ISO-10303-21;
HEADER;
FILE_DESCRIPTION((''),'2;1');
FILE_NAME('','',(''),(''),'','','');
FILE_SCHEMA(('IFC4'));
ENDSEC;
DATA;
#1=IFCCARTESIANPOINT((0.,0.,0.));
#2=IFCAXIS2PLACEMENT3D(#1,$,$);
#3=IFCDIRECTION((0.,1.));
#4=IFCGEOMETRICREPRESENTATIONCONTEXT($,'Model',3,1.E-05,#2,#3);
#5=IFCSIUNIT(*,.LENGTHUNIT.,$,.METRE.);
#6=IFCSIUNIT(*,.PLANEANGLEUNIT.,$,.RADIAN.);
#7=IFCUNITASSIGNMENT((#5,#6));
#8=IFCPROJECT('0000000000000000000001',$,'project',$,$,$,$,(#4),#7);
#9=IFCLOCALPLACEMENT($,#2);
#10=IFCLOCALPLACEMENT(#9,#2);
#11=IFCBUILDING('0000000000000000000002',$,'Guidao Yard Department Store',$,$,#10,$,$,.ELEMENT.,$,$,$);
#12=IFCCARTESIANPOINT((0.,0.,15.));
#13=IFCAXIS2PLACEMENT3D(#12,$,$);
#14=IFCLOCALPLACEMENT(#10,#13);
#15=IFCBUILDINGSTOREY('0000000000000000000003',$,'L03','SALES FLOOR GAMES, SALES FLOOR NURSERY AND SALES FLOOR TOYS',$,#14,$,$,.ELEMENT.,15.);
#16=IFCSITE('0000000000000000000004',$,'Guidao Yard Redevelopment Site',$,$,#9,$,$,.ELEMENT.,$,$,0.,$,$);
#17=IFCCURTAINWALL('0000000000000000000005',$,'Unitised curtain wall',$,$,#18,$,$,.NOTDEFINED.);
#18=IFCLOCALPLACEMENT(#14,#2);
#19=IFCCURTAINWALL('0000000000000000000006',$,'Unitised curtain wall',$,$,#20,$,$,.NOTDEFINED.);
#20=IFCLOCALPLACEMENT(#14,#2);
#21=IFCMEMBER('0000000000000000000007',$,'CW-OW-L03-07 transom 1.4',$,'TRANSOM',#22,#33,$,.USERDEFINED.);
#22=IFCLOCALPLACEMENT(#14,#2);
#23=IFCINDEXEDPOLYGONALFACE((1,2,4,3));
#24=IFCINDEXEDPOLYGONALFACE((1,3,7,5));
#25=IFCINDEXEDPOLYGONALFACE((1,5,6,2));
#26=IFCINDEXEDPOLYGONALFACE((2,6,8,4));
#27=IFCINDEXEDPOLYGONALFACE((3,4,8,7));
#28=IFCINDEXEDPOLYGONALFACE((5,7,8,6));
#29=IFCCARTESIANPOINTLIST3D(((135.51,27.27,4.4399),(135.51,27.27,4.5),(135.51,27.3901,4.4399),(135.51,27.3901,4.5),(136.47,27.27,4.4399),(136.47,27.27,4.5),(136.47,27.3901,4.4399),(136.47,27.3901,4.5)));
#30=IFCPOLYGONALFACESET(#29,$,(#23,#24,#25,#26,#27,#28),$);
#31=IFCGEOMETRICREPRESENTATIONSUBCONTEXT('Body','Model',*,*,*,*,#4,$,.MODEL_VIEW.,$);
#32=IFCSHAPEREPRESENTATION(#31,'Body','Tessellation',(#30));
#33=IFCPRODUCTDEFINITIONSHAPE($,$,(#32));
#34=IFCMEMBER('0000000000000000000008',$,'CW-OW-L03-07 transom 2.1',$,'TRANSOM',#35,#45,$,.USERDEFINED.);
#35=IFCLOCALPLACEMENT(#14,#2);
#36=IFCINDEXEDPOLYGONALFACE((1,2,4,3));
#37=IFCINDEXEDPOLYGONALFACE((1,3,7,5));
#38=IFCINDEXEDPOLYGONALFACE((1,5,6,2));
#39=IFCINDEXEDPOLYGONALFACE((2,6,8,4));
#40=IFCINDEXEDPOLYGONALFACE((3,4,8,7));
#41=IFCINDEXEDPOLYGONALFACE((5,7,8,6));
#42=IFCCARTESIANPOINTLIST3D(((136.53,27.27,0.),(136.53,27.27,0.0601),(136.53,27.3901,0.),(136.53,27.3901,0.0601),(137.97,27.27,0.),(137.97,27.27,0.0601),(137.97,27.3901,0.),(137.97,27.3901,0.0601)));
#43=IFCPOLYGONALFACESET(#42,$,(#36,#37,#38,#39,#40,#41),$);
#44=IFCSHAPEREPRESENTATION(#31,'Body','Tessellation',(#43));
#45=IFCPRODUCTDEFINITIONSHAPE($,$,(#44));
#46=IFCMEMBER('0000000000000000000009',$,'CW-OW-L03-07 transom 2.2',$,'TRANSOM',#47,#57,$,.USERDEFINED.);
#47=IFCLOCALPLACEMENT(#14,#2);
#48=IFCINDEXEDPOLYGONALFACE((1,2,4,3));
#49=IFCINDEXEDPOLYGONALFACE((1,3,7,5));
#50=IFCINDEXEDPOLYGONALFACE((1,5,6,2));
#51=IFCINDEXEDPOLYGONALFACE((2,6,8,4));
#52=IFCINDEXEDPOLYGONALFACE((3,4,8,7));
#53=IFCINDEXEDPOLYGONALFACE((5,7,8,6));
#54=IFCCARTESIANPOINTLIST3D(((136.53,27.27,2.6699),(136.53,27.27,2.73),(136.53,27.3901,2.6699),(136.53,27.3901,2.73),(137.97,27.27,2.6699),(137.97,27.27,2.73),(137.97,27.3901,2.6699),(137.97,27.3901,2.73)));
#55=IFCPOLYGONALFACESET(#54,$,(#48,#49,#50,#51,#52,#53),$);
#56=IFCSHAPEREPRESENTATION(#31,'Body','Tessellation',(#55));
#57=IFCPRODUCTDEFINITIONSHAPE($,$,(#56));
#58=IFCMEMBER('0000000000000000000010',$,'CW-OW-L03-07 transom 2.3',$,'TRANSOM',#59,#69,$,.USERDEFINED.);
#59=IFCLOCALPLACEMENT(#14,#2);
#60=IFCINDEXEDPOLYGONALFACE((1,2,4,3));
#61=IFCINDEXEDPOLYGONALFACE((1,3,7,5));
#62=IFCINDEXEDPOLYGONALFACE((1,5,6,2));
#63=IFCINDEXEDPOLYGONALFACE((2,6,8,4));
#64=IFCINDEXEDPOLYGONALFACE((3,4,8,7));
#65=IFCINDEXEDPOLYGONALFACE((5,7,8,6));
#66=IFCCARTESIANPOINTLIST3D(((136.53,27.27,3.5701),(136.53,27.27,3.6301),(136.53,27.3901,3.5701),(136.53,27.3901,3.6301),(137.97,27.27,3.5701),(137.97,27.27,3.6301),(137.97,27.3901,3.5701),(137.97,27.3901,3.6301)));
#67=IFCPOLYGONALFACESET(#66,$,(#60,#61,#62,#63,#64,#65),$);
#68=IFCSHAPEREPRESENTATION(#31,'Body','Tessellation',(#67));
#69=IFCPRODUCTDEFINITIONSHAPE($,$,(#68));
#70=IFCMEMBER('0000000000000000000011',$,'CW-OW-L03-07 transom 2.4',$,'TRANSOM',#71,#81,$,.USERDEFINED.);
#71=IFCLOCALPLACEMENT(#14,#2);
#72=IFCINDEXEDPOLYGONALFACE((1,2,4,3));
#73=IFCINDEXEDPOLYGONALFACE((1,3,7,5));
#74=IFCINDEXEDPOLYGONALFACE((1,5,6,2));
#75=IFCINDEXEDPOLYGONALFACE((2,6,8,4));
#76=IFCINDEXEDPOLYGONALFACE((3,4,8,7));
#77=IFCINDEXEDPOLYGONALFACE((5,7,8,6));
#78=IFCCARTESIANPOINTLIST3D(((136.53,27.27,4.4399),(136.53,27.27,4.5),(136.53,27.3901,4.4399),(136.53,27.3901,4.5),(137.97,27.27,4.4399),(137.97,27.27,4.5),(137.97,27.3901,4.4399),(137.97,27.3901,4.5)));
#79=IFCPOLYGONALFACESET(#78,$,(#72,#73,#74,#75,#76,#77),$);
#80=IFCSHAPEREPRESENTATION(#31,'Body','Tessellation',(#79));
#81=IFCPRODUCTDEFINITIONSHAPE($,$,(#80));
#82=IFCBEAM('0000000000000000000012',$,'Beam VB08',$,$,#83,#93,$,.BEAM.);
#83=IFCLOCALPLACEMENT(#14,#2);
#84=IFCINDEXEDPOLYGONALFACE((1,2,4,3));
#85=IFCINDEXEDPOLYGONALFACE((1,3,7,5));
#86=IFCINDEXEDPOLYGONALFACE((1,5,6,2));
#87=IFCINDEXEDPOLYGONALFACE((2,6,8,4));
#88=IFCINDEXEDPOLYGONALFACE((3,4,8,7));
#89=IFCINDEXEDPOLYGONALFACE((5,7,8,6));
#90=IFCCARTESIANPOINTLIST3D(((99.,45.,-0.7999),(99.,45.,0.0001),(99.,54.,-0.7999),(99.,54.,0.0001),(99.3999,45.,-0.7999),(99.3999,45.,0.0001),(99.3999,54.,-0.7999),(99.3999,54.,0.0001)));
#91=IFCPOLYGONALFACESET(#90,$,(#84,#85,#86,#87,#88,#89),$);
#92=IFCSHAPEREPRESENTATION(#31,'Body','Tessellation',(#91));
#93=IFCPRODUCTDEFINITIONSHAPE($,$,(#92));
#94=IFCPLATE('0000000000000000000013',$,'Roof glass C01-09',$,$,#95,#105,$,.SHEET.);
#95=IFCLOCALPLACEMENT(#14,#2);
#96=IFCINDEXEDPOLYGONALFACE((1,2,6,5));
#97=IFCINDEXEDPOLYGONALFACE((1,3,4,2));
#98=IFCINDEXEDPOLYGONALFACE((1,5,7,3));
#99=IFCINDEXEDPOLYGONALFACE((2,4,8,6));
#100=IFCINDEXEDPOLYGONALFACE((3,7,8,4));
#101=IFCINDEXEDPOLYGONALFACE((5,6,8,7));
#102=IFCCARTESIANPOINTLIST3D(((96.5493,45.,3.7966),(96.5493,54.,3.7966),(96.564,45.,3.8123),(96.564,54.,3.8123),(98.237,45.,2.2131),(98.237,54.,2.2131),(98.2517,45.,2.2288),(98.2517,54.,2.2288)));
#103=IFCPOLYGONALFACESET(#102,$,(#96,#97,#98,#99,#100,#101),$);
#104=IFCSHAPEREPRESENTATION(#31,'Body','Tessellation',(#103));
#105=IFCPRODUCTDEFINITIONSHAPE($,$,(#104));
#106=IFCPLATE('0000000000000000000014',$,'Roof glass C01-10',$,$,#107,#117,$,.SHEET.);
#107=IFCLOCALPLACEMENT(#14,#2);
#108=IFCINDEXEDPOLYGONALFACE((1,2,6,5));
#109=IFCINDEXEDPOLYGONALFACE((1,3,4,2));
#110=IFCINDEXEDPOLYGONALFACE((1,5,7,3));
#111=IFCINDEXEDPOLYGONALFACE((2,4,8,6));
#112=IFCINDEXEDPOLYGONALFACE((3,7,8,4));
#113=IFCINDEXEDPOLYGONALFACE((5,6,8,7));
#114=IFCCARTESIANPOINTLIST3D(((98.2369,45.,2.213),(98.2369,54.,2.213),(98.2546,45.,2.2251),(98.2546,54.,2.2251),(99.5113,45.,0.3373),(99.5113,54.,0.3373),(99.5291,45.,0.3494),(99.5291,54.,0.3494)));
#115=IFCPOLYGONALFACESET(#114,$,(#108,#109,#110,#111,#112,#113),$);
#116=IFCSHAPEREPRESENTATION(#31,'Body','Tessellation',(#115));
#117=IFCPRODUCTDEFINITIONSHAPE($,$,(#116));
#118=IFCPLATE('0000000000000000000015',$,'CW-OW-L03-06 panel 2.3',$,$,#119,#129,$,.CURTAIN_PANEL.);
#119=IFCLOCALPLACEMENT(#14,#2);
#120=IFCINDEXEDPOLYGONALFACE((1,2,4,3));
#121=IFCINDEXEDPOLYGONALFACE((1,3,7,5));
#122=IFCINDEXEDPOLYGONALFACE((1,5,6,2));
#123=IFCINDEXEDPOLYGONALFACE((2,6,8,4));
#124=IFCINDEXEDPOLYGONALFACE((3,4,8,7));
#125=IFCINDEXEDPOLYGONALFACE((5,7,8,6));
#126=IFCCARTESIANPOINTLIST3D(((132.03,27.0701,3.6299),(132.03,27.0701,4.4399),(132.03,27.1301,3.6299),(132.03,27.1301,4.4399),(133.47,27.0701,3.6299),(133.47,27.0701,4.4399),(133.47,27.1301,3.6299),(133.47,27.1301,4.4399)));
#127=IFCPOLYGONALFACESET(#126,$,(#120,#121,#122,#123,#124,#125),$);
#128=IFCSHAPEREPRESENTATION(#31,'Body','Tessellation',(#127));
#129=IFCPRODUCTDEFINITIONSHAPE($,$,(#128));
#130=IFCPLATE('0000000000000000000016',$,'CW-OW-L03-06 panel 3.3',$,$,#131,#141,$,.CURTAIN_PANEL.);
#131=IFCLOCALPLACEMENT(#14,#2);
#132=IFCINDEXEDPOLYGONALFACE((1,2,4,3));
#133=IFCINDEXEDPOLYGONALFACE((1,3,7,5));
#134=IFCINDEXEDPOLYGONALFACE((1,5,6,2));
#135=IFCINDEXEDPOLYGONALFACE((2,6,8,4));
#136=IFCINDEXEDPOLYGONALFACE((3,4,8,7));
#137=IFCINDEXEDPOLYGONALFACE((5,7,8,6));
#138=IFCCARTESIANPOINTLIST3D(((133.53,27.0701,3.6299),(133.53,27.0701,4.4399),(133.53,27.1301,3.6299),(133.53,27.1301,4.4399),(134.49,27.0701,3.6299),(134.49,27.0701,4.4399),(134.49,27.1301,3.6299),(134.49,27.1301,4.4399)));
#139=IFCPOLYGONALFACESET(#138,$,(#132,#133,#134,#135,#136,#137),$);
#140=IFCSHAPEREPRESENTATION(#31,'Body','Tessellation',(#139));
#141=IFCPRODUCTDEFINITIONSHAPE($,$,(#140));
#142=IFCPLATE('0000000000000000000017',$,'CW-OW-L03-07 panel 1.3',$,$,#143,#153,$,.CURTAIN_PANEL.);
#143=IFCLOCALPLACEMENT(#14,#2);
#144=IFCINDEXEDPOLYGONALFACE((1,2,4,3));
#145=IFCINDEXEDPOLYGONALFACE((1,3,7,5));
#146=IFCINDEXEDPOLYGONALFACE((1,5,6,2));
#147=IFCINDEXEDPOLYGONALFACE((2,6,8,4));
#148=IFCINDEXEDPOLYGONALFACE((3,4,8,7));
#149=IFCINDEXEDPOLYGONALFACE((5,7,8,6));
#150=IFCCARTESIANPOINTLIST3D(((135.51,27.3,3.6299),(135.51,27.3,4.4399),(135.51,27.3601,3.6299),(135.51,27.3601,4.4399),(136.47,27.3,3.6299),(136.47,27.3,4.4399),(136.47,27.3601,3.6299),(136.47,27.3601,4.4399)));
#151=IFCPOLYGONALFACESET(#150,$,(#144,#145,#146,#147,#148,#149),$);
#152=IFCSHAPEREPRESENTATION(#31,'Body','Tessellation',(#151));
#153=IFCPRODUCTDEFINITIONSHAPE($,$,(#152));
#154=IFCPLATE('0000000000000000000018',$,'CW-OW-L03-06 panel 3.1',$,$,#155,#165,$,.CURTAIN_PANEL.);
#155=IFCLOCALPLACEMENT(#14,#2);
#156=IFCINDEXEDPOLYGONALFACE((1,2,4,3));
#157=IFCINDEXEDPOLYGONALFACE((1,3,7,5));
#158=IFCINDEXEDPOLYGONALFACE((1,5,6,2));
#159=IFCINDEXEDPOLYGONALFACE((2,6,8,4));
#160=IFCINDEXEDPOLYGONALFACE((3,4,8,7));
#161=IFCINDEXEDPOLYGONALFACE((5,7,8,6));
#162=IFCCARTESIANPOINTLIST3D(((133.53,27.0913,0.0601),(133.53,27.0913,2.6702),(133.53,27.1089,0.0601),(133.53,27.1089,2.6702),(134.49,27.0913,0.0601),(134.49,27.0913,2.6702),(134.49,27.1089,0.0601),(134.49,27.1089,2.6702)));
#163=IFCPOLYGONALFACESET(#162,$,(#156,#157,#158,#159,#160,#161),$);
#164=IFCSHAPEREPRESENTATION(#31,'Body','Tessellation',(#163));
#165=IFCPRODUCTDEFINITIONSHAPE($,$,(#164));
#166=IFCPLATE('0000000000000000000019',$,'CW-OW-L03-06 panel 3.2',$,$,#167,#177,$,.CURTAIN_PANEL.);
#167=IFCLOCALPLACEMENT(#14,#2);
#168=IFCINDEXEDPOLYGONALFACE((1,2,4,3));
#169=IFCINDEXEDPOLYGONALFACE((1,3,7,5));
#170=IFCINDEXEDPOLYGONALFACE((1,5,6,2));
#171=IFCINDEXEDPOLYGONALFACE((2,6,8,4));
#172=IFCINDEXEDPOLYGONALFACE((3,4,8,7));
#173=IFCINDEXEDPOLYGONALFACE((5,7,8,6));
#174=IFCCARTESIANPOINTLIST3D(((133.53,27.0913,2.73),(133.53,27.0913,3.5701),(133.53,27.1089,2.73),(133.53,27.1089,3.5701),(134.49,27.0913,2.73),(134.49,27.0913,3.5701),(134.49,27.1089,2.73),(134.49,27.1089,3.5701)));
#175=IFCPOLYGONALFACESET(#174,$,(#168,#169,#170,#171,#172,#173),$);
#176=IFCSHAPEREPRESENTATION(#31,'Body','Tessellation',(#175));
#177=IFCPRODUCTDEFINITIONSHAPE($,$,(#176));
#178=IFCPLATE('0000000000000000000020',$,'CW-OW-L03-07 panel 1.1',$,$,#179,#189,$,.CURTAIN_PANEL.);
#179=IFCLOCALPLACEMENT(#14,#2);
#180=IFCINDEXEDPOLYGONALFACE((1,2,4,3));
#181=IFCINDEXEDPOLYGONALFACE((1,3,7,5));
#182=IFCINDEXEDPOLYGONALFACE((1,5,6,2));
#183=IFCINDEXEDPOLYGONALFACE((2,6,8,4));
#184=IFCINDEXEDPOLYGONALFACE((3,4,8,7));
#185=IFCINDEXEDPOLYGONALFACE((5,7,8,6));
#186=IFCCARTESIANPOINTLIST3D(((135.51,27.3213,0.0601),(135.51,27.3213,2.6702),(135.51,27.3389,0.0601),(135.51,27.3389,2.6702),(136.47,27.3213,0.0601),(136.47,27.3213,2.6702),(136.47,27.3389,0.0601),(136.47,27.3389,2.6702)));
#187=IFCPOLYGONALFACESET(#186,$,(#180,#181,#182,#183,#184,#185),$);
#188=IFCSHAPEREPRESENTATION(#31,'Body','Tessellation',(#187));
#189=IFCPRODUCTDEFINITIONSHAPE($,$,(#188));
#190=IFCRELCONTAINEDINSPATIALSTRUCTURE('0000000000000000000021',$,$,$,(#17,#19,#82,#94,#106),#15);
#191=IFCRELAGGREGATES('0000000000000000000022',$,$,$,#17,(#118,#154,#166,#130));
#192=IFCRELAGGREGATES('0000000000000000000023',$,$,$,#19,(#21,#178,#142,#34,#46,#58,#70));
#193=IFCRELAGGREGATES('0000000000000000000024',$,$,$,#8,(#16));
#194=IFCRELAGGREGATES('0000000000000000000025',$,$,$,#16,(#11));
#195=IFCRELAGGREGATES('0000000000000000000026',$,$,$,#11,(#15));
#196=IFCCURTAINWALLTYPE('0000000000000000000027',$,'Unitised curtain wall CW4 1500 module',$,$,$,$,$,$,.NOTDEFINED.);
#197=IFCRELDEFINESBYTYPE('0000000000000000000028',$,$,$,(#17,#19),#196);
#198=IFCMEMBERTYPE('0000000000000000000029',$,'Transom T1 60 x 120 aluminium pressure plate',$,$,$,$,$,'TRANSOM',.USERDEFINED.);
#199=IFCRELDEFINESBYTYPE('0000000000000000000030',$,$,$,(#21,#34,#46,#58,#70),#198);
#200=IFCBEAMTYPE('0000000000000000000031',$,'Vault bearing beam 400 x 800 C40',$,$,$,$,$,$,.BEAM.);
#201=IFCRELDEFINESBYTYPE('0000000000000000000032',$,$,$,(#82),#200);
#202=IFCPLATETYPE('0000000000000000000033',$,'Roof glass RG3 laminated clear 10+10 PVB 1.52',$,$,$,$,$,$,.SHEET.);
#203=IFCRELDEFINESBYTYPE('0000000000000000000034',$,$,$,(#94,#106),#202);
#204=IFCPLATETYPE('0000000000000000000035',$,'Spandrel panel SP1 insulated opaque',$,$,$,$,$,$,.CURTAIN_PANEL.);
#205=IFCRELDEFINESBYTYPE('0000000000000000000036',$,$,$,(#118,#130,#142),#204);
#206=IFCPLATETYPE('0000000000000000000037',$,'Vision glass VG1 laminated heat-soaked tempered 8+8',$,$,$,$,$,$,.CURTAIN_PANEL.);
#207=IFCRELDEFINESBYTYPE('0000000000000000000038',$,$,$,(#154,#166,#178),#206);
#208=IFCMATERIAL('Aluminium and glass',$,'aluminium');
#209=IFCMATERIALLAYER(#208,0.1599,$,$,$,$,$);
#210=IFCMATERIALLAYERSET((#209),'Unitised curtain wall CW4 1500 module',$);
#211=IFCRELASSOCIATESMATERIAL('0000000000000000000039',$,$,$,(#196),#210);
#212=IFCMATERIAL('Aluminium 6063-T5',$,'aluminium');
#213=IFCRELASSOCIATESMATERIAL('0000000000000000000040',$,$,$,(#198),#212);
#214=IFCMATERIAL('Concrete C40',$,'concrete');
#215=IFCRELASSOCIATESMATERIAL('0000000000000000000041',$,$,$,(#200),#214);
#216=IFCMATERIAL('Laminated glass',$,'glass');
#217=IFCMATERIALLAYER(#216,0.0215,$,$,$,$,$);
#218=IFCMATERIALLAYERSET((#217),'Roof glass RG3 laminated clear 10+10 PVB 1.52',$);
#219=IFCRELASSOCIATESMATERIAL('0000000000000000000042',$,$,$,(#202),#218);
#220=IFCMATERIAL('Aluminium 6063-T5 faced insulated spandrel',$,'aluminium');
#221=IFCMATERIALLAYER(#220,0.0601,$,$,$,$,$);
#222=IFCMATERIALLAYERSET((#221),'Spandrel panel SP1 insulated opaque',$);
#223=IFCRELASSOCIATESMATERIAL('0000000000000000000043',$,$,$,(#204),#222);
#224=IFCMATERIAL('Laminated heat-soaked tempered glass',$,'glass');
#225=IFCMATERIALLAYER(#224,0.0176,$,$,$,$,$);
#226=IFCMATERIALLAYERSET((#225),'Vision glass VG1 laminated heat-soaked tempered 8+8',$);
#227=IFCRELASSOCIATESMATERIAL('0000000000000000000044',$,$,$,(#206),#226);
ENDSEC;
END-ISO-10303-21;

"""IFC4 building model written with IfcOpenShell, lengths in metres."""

from ifc_helpers import new_model, si_unit, direction, frame, origin, origin_2d, place, context, subcontext, project, spatial, polyline, rectangle, outline, extrude, material, layer, layer_set, material_profile, profile_set, type_object, element, aggregate, save


model = new_model("IFC4")

# Units and contexts
model_context = context("Model", 3, precision=1e-05, world=origin(), true_north=direction((0.0, 1.0)))
body_context = subcontext(model_context, "Body", "Model", "MODEL_VIEW")
ifc_project = project(units=[si_unit("LENGTHUNIT", "METRE"), si_unit("PLANEANGLEUNIT", "RADIAN")], contexts=[model_context])

# Site, building, storey
site_placement = place(None, origin())
site = spatial("IfcSite", under=ifc_project, at=site_placement, Name="Guidao Yard Redevelopment Site", CompositionType="ELEMENT", RefElevation=0.0)
building_placement = place(site_placement, origin())
building = spatial("IfcBuilding", under=site, at=building_placement, Name="Guidao Yard Department Store", CompositionType="ELEMENT")
storey_placement = place(building_placement, frame((0.0, 0.0, 15.0)))
storey = spatial("IfcBuildingStorey", under=building, at=storey_placement, Name="L03", Description="SALES FLOOR GAMES, SALES FLOOR NURSERY AND SALES FLOOR TOYS", CompositionType="ELEMENT", Elevation=15.0)

# Curtain walls
ifc_material_1 = material(Name="Aluminium and glass", Category="aluminium")
ifc_layer_1 = layer(ifc_material_1, 0.1599)
ifc_layer_set_1 = layer_set([ifc_layer_1], Name="Unitised curtain wall CW4 1500 module")
curtain_wall_type = type_object("IfcCurtainWallType", Name="Unitised curtain wall CW4 1500 module", PredefinedType="NOTDEFINED", material=ifc_layer_set_1)
curtain_wall_1_placement = place(storey_placement, origin())
curtain_wall_1 = element("IfcCurtainWall", 1, at=curtain_wall_1_placement, inside=storey, type_object=curtain_wall_type, Name="Unitised curtain wall", PredefinedType="NOTDEFINED")
curtain_wall_2_placement = place(storey_placement, origin())
curtain_wall_2 = element("IfcCurtainWall", 2, at=curtain_wall_2_placement, inside=storey, type_object=curtain_wall_type, Name="Unitised curtain wall", PredefinedType="NOTDEFINED")

# Members
ifc_material_2 = material(Name="Aluminium 6063-T5", Category="aluminium")
ifc_material_profile_1 = material_profile(ifc_material_2, rectangle(XDim=0.1201, YDim=0.0601, at=origin_2d()), Name="Transom T1 60 x 120 aluminium pressure plate")
ifc_profile_set_1 = profile_set([ifc_material_profile_1], Name="Aluminium 6063-T5")
member_type_1 = type_object("IfcMemberType", Name="Transom T1 60 x 120 aluminium pressure plate", ElementType="TRANSOM", PredefinedType="USERDEFINED", material=ifc_profile_set_1)
member_1_placement = place(storey_placement, frame((135.51, 27.3301, 4.47), z_axis=(1.0, 0.0, 0.0), x_axis=(0.0, 1.0, 0.0)))
member_1 = element("IfcMember", 3, at=member_1_placement, type_object=member_type_1, Name="CW-OW-L03-07 transom 1.4", ObjectType="TRANSOM", PredefinedType="USERDEFINED", context=body_context, shape_type="SweptSolid", body=[
    extrude(rectangle(XDim=0.1201, YDim=0.0601, at=origin_2d()), origin(), (0.0, 0.0, 1.0), 0.96),
])
member_2_placement = place(storey_placement, frame((136.53, 27.3301, 0.03), z_axis=(1.0, 0.0, 0.0), x_axis=(0.0, 1.0, 0.0)))
member_2 = element("IfcMember", 4, at=member_2_placement, type_object=member_type_1, Name="CW-OW-L03-07 transom 2.1", ObjectType="TRANSOM", PredefinedType="USERDEFINED", context=body_context, shape_type="SweptSolid", body=[
    extrude(rectangle(XDim=0.1201, YDim=0.0601, at=origin_2d()), origin(), (0.0, 0.0, 1.0), 1.4399),
])
member_3_placement = place(storey_placement, frame((136.53, 27.3301, 2.7), z_axis=(1.0, 0.0, 0.0), x_axis=(0.0, 1.0, 0.0)))
member_3 = element("IfcMember", 5, at=member_3_placement, type_object=member_type_1, Name="CW-OW-L03-07 transom 2.2", ObjectType="TRANSOM", PredefinedType="USERDEFINED", context=body_context, shape_type="SweptSolid", body=[
    extrude(rectangle(XDim=0.1201, YDim=0.0601, at=origin_2d()), origin(), (0.0, 0.0, 1.0), 1.4399),
])
member_4_placement = place(storey_placement, frame((136.53, 27.3301, 3.6001), z_axis=(1.0, 0.0, 0.0), x_axis=(0.0, 1.0, 0.0)))
member_4 = element("IfcMember", 6, at=member_4_placement, type_object=member_type_1, Name="CW-OW-L03-07 transom 2.3", ObjectType="TRANSOM", PredefinedType="USERDEFINED", context=body_context, shape_type="SweptSolid", body=[
    extrude(rectangle(XDim=0.1201, YDim=0.0601, at=origin_2d()), origin(), (0.0, 0.0, 1.0), 1.4399),
])
member_5_placement = place(storey_placement, frame((136.53, 27.3301, 4.47), z_axis=(1.0, 0.0, 0.0), x_axis=(0.0, 1.0, 0.0)))
member_5 = element("IfcMember", 7, at=member_5_placement, type_object=member_type_1, Name="CW-OW-L03-07 transom 2.4", ObjectType="TRANSOM", PredefinedType="USERDEFINED", context=body_context, shape_type="SweptSolid", body=[
    extrude(rectangle(XDim=0.1201, YDim=0.0601, at=origin_2d()), origin(), (0.0, 0.0, 1.0), 1.4399),
])

# Beam
ifc_material_3 = material(Name="Concrete C40", Category="concrete")
ifc_material_profile_2 = material_profile(ifc_material_3, rectangle(XDim=0.3999, YDim=0.8, at=origin_2d()), Name="Vault bearing beam 400 x 800 C40")
ifc_profile_set_2 = profile_set([ifc_material_profile_2], Name="Concrete C40")
beam_type_1 = type_object("IfcBeamType", Name="Vault bearing beam 400 x 800 C40", PredefinedType="BEAM", material=ifc_profile_set_2)
beam_1_placement = place(storey_placement, frame((99.2, 45.0, -0.3999), z_axis=(0.0, 1.0, 0.0), x_axis=(-1.0, 0.0, 0.0)))
element("IfcBeam", 8, at=beam_1_placement, inside=storey, type_object=beam_type_1, Name="Beam VB08", PredefinedType="BEAM", context=body_context, shape_type="SweptSolid", body=[
    extrude(rectangle(XDim=0.3999, YDim=0.8, at=origin_2d()), origin(), (0.0, 0.0, 1.0), 9.0),
])

# Plates
ifc_material_4 = material(Name="Laminated glass", Category="glass")
ifc_layer_2 = layer(ifc_material_4, 0.0215)
ifc_layer_set_2 = layer_set([ifc_layer_2], Name="Roof glass RG3 laminated clear 10+10 PVB 1.52")
plate_type_1 = type_object("IfcPlateType", Name="Roof glass RG3 laminated clear 10+10 PVB 1.52", PredefinedType="SHEET", material=ifc_layer_set_2)
plate_1_placement = place(storey_placement, frame((96.564, 45.0, 3.8123), z_axis=(0.684225, 0.0, 0.729271), x_axis=(0.729271, 0.0, -0.684225)))
element("IfcPlate", 9, at=plate_1_placement, inside=storey, type_object=plate_type_1, Name="Roof glass C01-09", PredefinedType="SHEET", context=body_context, shape_type="SweptSolid", body=[
    extrude(outline(polyline([(0.0, 0.0), (2.3143, 0.0), (2.3143, 9.0), (0.0, 9.0), (0.0, 0.0)])), origin(), (0.0, 0.0, -1.0), 0.0215),
])
plate_2_placement = place(storey_placement, frame((98.2546, 45.0, 2.2251), z_axis=(0.827149, 0.0, 0.561983), x_axis=(0.561983, 0.0, -0.827149)))
element("IfcPlate", 10, at=plate_2_placement, inside=storey, type_object=plate_type_1, Name="Roof glass C01-10", PredefinedType="SHEET", context=body_context, shape_type="SweptSolid", body=[
    extrude(outline(polyline([(0.0, 0.0), (2.2677, 0.0), (2.2677, 9.0), (0.0, 9.0), (0.0, 0.0)])), origin(), (0.0, 0.0, -1.0), 0.0215),
])

# Plates
ifc_material_5 = material(Name="Aluminium 6063-T5 faced insulated spandrel", Category="aluminium")
ifc_layer_3 = layer(ifc_material_5, 0.0601)
ifc_layer_set_3 = layer_set([ifc_layer_3], Name="Spandrel panel SP1 insulated opaque")
plate_type_2 = type_object("IfcPlateType", Name="Spandrel panel SP1 insulated opaque", PredefinedType="CURTAIN_PANEL", material=ifc_layer_set_3)
plate_3_placement = place(storey_placement, frame((132.75, 27.1001, 3.6299), z_axis=(0.0, 0.0, 1.0), x_axis=(1.0, 0.0, 0.0)))
plate_3 = element("IfcPlate", 11, at=plate_3_placement, type_object=plate_type_2, Name="CW-OW-L03-06 panel 2.3", PredefinedType="CURTAIN_PANEL", context=body_context, shape_type="SweptSolid", body=[
    extrude(rectangle(XDim=1.4399, YDim=0.0601, at=origin_2d()), origin(), (0.0, 0.0, 1.0), 0.8101),
])
plate_4_placement = place(storey_placement, frame((134.01, 27.1001, 3.6299), z_axis=(0.0, 0.0, 1.0), x_axis=(1.0, 0.0, 0.0)))
plate_4 = element("IfcPlate", 12, at=plate_4_placement, type_object=plate_type_2, Name="CW-OW-L03-06 panel 3.3", PredefinedType="CURTAIN_PANEL", context=body_context, shape_type="SweptSolid", body=[
    extrude(rectangle(XDim=0.96, YDim=0.0601, at=origin_2d()), origin(), (0.0, 0.0, 1.0), 0.8101),
])
plate_5_placement = place(storey_placement, frame((135.99, 27.3301, 3.6299), z_axis=(0.0, 0.0, 1.0), x_axis=(1.0, 0.0, 0.0)))
plate_5 = element("IfcPlate", 13, at=plate_5_placement, type_object=plate_type_2, Name="CW-OW-L03-07 panel 1.3", PredefinedType="CURTAIN_PANEL", context=body_context, shape_type="SweptSolid", body=[
    extrude(rectangle(XDim=0.96, YDim=0.0601, at=origin_2d()), origin(), (0.0, 0.0, 1.0), 0.8101),
])
ifc_material_6 = material(Name="Laminated heat-soaked tempered glass", Category="glass")
ifc_layer_4 = layer(ifc_material_6, 0.0176)
ifc_layer_set_4 = layer_set([ifc_layer_4], Name="Vision glass VG1 laminated heat-soaked tempered 8+8")
plate_type_3 = type_object("IfcPlateType", Name="Vision glass VG1 laminated heat-soaked tempered 8+8", PredefinedType="CURTAIN_PANEL", material=ifc_layer_set_4)
plate_6_placement = place(storey_placement, frame((134.01, 27.1001, 0.0601), z_axis=(0.0, 0.0, 1.0), x_axis=(1.0, 0.0, 0.0)))
plate_6 = element("IfcPlate", 14, at=plate_6_placement, type_object=plate_type_3, Name="CW-OW-L03-06 panel 3.1", PredefinedType="CURTAIN_PANEL", context=body_context, shape_type="SweptSolid", body=[
    extrude(rectangle(XDim=0.96, YDim=0.0176, at=origin_2d()), origin(), (0.0, 0.0, 1.0), 2.6101),
])
plate_7_placement = place(storey_placement, frame((134.01, 27.1001, 2.73), z_axis=(0.0, 0.0, 1.0), x_axis=(1.0, 0.0, 0.0)))
plate_7 = element("IfcPlate", 15, at=plate_7_placement, type_object=plate_type_3, Name="CW-OW-L03-06 panel 3.2", PredefinedType="CURTAIN_PANEL", context=body_context, shape_type="SweptSolid", body=[
    extrude(rectangle(XDim=0.96, YDim=0.0176, at=origin_2d()), origin(), (0.0, 0.0, 1.0), 0.8401),
])
aggregate(curtain_wall_1, [plate_3, plate_6, plate_7, plate_4])
plate_8_placement = place(storey_placement, frame((135.99, 27.3301, 0.0601), z_axis=(0.0, 0.0, 1.0), x_axis=(1.0, 0.0, 0.0)))
plate_8 = element("IfcPlate", 16, at=plate_8_placement, type_object=plate_type_3, Name="CW-OW-L03-07 panel 1.1", PredefinedType="CURTAIN_PANEL", context=body_context, shape_type="SweptSolid", body=[
    extrude(rectangle(XDim=0.96, YDim=0.0176, at=origin_2d()), origin(), (0.0, 0.0, 1.0), 2.6101),
])
aggregate(curtain_wall_2, [member_1, plate_8, plate_5, member_2, member_3, member_4, member_5])

save(model, "model.ifc")
